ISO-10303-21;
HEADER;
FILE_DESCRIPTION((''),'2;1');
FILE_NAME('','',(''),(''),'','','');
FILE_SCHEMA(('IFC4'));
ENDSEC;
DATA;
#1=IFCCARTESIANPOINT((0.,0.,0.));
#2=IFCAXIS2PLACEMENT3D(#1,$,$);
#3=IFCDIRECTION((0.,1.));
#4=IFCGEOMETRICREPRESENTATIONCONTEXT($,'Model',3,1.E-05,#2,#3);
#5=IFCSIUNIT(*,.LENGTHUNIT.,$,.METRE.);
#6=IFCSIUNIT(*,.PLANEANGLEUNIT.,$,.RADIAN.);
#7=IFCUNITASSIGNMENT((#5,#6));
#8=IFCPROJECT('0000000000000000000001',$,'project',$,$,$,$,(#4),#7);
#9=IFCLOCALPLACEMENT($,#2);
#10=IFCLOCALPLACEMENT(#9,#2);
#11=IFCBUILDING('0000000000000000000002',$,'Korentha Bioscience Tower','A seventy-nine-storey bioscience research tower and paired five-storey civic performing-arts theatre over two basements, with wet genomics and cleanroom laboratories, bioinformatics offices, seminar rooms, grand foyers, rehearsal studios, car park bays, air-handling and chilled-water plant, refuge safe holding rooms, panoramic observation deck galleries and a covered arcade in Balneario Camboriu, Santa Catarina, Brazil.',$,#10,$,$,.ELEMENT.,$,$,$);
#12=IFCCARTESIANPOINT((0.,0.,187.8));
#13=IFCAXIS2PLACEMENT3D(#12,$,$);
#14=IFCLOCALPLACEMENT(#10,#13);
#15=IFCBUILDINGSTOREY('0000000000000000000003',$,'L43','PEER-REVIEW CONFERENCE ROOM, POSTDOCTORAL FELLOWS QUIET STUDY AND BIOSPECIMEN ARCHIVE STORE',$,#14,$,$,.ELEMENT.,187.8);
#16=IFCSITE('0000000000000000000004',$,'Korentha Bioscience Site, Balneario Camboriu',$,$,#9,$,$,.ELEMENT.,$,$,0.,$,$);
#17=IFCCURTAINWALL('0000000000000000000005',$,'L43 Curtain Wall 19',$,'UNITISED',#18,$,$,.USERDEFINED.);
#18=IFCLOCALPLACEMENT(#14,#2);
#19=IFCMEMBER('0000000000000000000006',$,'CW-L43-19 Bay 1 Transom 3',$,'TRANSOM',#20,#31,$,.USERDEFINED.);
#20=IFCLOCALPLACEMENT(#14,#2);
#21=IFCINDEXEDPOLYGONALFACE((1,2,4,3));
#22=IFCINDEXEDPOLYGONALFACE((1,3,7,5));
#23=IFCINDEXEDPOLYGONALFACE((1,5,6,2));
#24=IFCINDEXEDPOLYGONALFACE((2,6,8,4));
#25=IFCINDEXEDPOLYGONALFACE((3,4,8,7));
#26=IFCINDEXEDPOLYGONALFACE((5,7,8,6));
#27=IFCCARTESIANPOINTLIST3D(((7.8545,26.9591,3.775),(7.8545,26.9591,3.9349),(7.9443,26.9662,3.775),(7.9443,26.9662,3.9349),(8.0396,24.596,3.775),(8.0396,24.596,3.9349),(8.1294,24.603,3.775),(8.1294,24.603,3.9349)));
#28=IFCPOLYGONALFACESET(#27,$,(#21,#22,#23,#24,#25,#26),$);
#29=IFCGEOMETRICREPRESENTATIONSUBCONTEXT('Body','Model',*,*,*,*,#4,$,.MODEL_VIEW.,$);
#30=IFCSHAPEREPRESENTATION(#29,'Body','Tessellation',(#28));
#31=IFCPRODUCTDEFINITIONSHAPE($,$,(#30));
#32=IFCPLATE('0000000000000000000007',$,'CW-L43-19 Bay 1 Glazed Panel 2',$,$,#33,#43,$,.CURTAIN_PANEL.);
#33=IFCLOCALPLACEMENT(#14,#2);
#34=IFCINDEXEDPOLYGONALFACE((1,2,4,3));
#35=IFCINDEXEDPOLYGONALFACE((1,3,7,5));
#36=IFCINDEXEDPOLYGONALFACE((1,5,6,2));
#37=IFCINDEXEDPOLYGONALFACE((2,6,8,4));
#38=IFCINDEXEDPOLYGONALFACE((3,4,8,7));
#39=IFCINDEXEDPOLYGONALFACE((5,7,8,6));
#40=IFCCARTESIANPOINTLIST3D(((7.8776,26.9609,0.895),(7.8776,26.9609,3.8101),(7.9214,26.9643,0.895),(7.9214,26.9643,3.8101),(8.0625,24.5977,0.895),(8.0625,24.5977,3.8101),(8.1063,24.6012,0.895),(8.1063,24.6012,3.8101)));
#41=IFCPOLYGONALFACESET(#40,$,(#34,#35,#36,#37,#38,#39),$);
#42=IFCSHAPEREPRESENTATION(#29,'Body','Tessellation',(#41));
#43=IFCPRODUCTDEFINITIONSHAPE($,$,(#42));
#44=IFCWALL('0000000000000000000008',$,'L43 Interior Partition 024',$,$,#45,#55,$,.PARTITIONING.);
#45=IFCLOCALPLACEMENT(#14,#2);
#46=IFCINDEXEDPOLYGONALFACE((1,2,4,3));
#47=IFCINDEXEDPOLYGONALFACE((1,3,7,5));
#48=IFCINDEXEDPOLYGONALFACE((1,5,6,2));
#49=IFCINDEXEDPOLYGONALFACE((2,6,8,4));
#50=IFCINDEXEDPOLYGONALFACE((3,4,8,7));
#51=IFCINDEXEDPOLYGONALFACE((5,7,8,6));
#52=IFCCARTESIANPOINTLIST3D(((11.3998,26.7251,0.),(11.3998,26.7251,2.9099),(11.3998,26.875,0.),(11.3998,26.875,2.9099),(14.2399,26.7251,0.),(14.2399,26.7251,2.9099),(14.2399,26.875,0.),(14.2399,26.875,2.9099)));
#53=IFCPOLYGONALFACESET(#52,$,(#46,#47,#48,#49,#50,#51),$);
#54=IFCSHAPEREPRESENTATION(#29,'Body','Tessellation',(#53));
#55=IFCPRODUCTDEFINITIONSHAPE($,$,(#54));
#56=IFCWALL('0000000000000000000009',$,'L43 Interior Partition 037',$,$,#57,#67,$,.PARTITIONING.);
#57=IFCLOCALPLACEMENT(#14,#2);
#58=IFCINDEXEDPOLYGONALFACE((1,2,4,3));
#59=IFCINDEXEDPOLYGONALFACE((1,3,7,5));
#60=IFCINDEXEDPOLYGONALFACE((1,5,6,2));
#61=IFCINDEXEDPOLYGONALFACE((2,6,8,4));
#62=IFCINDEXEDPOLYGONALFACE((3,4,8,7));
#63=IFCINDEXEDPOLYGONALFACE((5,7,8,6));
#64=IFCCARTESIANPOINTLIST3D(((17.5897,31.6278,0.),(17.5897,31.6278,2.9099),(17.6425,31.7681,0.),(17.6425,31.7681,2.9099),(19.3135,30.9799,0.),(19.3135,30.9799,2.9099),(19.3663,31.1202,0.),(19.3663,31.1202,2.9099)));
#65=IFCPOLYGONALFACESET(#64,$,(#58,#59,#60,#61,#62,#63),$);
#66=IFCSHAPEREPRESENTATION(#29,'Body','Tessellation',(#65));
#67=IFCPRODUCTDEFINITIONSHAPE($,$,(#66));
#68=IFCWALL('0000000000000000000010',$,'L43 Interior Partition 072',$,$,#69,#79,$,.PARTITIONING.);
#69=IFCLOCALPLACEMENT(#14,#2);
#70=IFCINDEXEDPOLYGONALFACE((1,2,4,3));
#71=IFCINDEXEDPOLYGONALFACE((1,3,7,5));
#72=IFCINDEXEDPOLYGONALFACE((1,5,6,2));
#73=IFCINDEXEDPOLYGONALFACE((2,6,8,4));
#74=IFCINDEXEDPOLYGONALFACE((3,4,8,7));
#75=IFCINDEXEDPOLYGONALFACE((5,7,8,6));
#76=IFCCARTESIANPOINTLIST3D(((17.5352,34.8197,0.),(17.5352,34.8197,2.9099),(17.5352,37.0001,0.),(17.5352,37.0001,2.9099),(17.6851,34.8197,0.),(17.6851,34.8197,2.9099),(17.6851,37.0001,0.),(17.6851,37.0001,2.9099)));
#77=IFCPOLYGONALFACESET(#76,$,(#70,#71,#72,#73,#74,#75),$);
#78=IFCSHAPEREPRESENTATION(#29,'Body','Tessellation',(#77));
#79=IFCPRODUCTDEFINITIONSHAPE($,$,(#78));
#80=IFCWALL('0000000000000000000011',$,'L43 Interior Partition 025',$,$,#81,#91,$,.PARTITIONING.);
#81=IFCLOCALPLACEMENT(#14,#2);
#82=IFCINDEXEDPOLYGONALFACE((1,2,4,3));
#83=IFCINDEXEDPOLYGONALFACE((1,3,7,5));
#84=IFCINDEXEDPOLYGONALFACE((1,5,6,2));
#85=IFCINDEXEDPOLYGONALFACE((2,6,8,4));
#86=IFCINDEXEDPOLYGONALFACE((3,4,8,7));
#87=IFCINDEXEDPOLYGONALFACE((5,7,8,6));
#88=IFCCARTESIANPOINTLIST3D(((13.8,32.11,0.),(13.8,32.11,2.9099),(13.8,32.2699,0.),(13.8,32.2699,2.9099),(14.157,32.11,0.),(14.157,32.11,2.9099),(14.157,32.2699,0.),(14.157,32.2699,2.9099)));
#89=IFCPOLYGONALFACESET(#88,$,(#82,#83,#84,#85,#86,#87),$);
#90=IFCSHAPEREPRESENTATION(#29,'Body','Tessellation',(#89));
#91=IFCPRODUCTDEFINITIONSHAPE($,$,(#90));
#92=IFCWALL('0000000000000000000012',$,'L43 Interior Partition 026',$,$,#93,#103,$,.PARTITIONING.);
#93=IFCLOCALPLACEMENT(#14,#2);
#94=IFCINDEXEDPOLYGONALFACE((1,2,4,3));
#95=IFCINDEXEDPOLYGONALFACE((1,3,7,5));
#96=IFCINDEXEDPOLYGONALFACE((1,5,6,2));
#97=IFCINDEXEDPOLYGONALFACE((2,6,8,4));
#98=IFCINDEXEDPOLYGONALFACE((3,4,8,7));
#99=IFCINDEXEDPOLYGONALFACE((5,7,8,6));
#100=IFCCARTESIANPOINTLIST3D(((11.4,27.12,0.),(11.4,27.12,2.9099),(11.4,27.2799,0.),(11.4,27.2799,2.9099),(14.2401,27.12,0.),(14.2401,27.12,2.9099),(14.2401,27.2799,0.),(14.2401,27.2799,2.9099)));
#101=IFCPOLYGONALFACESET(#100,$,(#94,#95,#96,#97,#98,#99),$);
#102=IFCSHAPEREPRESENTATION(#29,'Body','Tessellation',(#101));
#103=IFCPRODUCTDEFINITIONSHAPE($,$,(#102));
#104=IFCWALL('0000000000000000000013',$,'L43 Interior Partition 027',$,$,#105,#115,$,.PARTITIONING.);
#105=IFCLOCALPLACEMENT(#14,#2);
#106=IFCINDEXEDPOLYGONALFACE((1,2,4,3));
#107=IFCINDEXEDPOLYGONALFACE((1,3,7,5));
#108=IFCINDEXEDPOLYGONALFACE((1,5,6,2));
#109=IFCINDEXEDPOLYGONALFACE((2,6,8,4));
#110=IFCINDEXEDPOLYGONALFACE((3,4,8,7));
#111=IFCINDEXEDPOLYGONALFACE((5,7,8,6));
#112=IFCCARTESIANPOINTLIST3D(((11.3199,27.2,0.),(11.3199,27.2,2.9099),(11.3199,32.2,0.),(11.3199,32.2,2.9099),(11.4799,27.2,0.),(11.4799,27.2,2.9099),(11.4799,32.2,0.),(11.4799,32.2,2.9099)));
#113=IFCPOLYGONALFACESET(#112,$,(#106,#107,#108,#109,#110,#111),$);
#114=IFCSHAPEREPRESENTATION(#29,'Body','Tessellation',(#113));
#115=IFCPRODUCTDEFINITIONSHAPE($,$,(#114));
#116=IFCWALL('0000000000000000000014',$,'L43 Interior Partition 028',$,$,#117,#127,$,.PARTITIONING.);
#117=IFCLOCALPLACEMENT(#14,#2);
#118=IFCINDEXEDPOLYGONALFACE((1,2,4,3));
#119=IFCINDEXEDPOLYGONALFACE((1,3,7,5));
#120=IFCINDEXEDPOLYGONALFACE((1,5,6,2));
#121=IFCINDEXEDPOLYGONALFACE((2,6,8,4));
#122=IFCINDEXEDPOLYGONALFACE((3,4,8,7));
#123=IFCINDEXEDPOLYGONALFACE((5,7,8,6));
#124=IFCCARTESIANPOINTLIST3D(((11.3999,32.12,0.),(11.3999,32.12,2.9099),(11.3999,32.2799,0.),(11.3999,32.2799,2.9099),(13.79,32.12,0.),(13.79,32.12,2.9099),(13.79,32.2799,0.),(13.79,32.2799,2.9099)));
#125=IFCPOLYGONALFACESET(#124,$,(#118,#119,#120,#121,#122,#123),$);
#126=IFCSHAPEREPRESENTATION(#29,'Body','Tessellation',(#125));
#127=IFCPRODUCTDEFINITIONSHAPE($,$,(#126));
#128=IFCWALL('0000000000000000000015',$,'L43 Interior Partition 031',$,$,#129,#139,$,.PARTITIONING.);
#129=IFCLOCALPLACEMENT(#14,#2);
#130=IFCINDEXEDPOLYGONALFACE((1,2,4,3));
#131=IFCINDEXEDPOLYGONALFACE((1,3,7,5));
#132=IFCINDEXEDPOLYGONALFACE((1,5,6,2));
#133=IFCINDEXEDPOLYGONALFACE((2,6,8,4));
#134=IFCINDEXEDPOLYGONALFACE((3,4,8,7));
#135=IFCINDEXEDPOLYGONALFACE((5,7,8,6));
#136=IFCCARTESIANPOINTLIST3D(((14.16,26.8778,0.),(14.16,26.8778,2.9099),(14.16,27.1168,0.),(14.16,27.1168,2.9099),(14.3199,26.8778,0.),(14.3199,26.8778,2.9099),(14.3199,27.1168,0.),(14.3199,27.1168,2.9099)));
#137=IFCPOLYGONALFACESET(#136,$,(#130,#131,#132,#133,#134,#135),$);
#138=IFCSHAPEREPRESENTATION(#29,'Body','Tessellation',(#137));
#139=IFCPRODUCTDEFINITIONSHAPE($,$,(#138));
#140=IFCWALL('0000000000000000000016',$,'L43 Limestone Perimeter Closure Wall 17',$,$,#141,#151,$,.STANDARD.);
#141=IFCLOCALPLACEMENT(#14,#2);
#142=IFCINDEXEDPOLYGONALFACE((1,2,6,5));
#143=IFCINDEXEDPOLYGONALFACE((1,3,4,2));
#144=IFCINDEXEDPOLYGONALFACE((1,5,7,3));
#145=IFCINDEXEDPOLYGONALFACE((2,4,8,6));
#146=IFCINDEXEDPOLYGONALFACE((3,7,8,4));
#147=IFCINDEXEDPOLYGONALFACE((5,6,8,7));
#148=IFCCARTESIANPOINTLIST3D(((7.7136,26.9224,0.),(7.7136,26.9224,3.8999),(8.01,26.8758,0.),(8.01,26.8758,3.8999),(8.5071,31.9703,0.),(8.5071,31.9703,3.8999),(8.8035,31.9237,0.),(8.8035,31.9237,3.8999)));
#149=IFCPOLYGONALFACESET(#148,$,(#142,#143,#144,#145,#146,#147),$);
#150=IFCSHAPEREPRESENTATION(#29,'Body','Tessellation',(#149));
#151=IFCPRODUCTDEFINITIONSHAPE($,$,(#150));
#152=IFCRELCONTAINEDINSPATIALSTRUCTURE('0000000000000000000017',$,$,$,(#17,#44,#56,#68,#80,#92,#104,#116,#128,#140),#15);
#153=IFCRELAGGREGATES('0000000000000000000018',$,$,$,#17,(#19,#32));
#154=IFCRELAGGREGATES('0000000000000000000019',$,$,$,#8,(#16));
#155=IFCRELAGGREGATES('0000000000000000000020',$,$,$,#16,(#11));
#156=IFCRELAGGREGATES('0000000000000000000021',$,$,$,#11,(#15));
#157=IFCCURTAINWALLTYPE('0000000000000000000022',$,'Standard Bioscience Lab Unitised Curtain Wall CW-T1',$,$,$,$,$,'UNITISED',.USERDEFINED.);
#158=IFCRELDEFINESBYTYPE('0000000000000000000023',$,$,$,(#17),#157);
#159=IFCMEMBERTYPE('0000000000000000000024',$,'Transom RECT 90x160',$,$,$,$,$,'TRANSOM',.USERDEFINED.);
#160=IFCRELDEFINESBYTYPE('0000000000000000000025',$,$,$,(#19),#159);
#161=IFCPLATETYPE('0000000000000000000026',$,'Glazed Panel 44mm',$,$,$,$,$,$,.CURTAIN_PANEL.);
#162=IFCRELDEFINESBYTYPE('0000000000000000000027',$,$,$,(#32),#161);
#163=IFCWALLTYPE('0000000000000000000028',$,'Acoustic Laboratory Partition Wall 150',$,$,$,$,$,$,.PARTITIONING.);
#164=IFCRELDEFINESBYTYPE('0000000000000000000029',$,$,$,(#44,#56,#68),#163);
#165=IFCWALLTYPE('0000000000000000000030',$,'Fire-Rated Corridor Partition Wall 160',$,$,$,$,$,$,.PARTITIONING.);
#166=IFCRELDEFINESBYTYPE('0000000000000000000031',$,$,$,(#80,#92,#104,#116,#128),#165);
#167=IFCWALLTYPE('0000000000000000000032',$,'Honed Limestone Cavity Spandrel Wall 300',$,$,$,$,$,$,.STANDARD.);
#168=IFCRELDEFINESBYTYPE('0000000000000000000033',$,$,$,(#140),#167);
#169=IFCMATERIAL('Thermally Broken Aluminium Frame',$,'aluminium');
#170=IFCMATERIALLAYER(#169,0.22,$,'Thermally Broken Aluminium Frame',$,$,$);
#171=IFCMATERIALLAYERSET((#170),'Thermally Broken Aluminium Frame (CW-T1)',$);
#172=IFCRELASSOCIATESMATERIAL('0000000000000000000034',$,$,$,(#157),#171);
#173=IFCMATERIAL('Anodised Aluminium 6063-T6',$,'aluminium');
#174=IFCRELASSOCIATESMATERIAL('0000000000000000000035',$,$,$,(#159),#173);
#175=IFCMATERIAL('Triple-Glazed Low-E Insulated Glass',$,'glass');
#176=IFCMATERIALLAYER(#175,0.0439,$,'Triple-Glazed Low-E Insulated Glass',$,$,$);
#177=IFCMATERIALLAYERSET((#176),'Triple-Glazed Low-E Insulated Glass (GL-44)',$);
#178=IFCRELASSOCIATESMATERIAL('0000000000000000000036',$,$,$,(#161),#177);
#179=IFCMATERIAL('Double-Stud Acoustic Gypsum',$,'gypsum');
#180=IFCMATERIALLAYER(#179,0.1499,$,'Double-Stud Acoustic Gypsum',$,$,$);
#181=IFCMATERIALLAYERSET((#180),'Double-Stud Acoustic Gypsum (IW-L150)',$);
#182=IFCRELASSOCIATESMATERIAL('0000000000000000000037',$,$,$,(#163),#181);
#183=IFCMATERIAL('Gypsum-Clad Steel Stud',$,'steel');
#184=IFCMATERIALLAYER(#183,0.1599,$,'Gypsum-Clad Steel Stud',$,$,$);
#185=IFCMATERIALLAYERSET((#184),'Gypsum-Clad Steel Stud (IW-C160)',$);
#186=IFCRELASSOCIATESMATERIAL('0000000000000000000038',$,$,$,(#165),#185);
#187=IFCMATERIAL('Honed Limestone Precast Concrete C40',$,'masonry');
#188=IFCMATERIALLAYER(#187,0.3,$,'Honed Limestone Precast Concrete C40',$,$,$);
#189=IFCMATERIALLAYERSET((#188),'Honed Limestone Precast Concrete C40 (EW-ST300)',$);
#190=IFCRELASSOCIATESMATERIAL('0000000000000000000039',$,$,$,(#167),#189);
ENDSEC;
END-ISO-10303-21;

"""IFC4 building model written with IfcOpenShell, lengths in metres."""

from ifc_helpers import new_model, si_unit, direction, frame, frame_2d, origin, origin_2d, place, context, subcontext, project, spatial, rectangle, extrude, material, layer, layer_set, material_profile, profile_set, type_object, element, aggregate, save


model = new_model("IFC4")

# Units and contexts
model_context = context("Model", 3, precision=1e-05, world=origin(), true_north=direction((0.0, 1.0)))
body_context = subcontext(model_context, "Body", "Model", "MODEL_VIEW")
ifc_project = project(units=[si_unit("LENGTHUNIT", "METRE"), si_unit("PLANEANGLEUNIT", "RADIAN")], contexts=[model_context])

# Site, building, storey
site_placement = place(None, origin())
site = spatial("IfcSite", under=ifc_project, at=site_placement, Name="Korentha Bioscience Site, Balneario Camboriu", CompositionType="ELEMENT", RefElevation=0.0)
building_placement = place(site_placement, origin())
building = spatial("IfcBuilding", under=site, at=building_placement, Name="Korentha Bioscience Tower", Description="A seventy-nine-storey bioscience research tower and paired five-storey civic performing-arts theatre over two basements, with wet genomics and cleanroom laboratories, bioinformatics offices, seminar rooms, grand foyers, rehearsal studios, car park bays, air-handling and chilled-water plant, refuge safe holding rooms, panoramic observation deck galleries and a covered arcade in Balneario Camboriu, Santa Catarina, Brazil.", CompositionType="ELEMENT")
storey_placement = place(building_placement, frame((0.0, 0.0, 187.8)))
storey = spatial("IfcBuildingStorey", under=building, at=storey_placement, Name="L43", Description="PEER-REVIEW CONFERENCE ROOM, POSTDOCTORAL FELLOWS QUIET STUDY AND BIOSPECIMEN ARCHIVE STORE", CompositionType="ELEMENT", Elevation=187.8)

# Curtain wall
ifc_material_1 = material(Name="Thermally Broken Aluminium Frame", Category="aluminium")
ifc_layer_1 = layer(ifc_material_1, 0.22, Name="Thermally Broken Aluminium Frame")
ifc_layer_set_1 = layer_set([ifc_layer_1], Name="Thermally Broken Aluminium Frame (CW-T1)")
curtain_wall_type = type_object("IfcCurtainWallType", Name="Standard Bioscience Lab Unitised Curtain Wall CW-T1", ElementType="UNITISED", PredefinedType="USERDEFINED", material=ifc_layer_set_1)
curtain_wall_placement = place(storey_placement, origin())
curtain_wall = element("IfcCurtainWall", 1, at=curtain_wall_placement, inside=storey, type_object=curtain_wall_type, Name="L43 Curtain Wall 19", ObjectType="UNITISED", PredefinedType="USERDEFINED")
ifc_material_2 = material(Name="Anodised Aluminium 6063-T6", Category="aluminium")

# Member
ifc_material_profile_1 = material_profile(ifc_material_2, rectangle(XDim=0.0901, YDim=0.1599, at=origin_2d()), Name="Anodised Aluminium 6063-T6")
ifc_profile_set_1 = profile_set([ifc_material_profile_1], Name="Anodised Aluminium 6063-T6 (CW-TRN)")
member_type_1 = type_object("IfcMemberType", Name="Transom RECT 90x160", ElementType="TRANSOM", PredefinedType="USERDEFINED", material=ifc_profile_set_1)
member_1_placement = place(storey_placement, frame((7.8994, 26.9626, 3.855), z_axis=(0.078075, -0.996948, 0.0), x_axis=(0.996948, 0.078075, 0.0)))
member_1 = element("IfcMember", 2, at=member_1_placement, type_object=member_type_1, Name="CW-L43-19 Bay 1 Transom 3", ObjectType="TRANSOM", PredefinedType="USERDEFINED", context=body_context, shape_type="SweptSolid", body=[
    extrude(rectangle(XDim=0.0901, YDim=0.1599, at=origin_2d()), origin(), (0.0, 0.0, 1.0), 2.3704),
])

# Plate
ifc_material_3 = material(Name="Triple-Glazed Low-E Insulated Glass", Category="glass")
ifc_layer_2 = layer(ifc_material_3, 0.0439, Name="Triple-Glazed Low-E Insulated Glass")
ifc_layer_set_2 = layer_set([ifc_layer_2], Name="Triple-Glazed Low-E Insulated Glass (GL-44)")
plate_type = type_object("IfcPlateType", Name="Glazed Panel 44mm", PredefinedType="CURTAIN_PANEL", material=ifc_layer_set_2)
plate_placement = place(storey_placement, frame((7.9919, 25.781, 0.895), z_axis=(0.0, 0.0, 1.0), x_axis=(0.078031, -0.996951, 0.0)))
plate = element("IfcPlate", 3, at=plate_placement, type_object=plate_type, Name="CW-L43-19 Bay 1 Glazed Panel 2", PredefinedType="CURTAIN_PANEL", context=body_context, shape_type="SweptSolid", body=[
    extrude(rectangle(XDim=2.3704, YDim=0.0439, at=origin_2d()), origin(), (0.0, 0.0, 1.0), 2.915),
])
aggregate(curtain_wall, [member_1, plate])

# Shared definitions
ifc_material_4 = material(Name="Double-Stud Acoustic Gypsum", Category="gypsum")
ifc_layer_3 = layer(ifc_material_4, 0.1499, Name="Double-Stud Acoustic Gypsum")
ifc_layer_set_3 = layer_set([ifc_layer_3], Name="Double-Stud Acoustic Gypsum (IW-L150)")
wall_type_1 = type_object("IfcWallType", Name="Acoustic Laboratory Partition Wall 150", PredefinedType="PARTITIONING", material=ifc_layer_set_3)

# Walls
wall_1_placement = place(storey_placement, frame((11.3999, 26.8, 0.0), z_axis=(0.0, 0.0, 1.0), x_axis=(1.0, 0.0, 0.0)))
element("IfcWall", 4, at=wall_1_placement, inside=storey, type_object=wall_type_1, Name="L43 Interior Partition 024", PredefinedType="PARTITIONING", context=body_context, shape_type="SweptSolid", body=[
    extrude(rectangle(XDim=2.8401, YDim=0.1499, at=frame_2d((1.4199, 0.0))), origin(), (0.0, 0.0, 1.0), 2.9099),
])
wall_2_placement = place(storey_placement, frame((17.616, 31.698, 0.0), z_axis=(0.0, 0.0, 1.0), x_axis=(0.936062, -0.351835, 0.0)))
element("IfcWall", 5, at=wall_2_placement, inside=storey, type_object=wall_type_1, Name="L43 Interior Partition 037", PredefinedType="PARTITIONING", context=body_context, shape_type="SweptSolid", body=[
    extrude(rectangle(XDim=1.8416, YDim=0.1499, at=frame_2d((0.9209, 0.0))), origin(), (0.0, 0.0, 1.0), 2.9099),
])
wall_3_placement = place(storey_placement, frame((17.6101, 34.8196, 0.0), z_axis=(0.0, 0.0, 1.0), x_axis=(0.0, 1.0, 0.0)))
element("IfcWall", 6, at=wall_3_placement, inside=storey, type_object=wall_type_1, Name="L43 Interior Partition 072", PredefinedType="PARTITIONING", context=body_context, shape_type="SweptSolid", body=[
    extrude(rectangle(XDim=2.1804, YDim=0.1499, at=frame_2d((1.0903, 0.0))), origin(), (0.0, 0.0, 1.0), 2.9099),
])

# Shared definitions
ifc_material_5 = material(Name="Gypsum-Clad Steel Stud", Category="steel")
ifc_layer_4 = layer(ifc_material_5, 0.1599, Name="Gypsum-Clad Steel Stud")
ifc_layer_set_4 = layer_set([ifc_layer_4], Name="Gypsum-Clad Steel Stud (IW-C160)")
wall_type_2 = type_object("IfcWallType", Name="Fire-Rated Corridor Partition Wall 160", PredefinedType="PARTITIONING", material=ifc_layer_set_4)

# Walls
wall_4_placement = place(storey_placement, frame((13.8, 32.1899, 0.0), z_axis=(0.0, 0.0, 1.0), x_axis=(1.0, 0.0, 0.0)))
element("IfcWall", 7, at=wall_4_placement, inside=storey, type_object=wall_type_2, Name="L43 Interior Partition 025", PredefinedType="PARTITIONING", context=body_context, shape_type="SweptSolid", body=[
    extrude(rectangle(XDim=0.3569, YDim=0.1599, at=frame_2d((0.1785, 0.0))), origin(), (0.0, 0.0, 1.0), 2.9099),
])
wall_5_placement = place(storey_placement, frame((14.24, 27.2, 0.0), z_axis=(0.0, 0.0, 1.0), x_axis=(-1.0, 0.0, 0.0)))
element("IfcWall", 8, at=wall_5_placement, inside=storey, type_object=wall_type_2, Name="L43 Interior Partition 026", PredefinedType="PARTITIONING", context=body_context, shape_type="SweptSolid", body=[
    extrude(rectangle(XDim=2.8401, YDim=0.1599, at=frame_2d((1.4199, 0.0))), origin(), (0.0, 0.0, 1.0), 2.9099),
])
wall_6_placement = place(storey_placement, frame((11.3999, 27.2, 0.0), z_axis=(0.0, 0.0, 1.0), x_axis=(0.0, 1.0, 0.0)))
element("IfcWall", 9, at=wall_6_placement, inside=storey, type_object=wall_type_2, Name="L43 Interior Partition 027", PredefinedType="PARTITIONING", context=body_context, shape_type="SweptSolid", body=[
    extrude(rectangle(XDim=5.0, YDim=0.1599, at=frame_2d((2.5, 0.0))), origin(), (0.0, 0.0, 1.0), 2.9099),
])
wall_7_placement = place(storey_placement, frame((11.3999, 32.2, 0.0), z_axis=(0.0, 0.0, 1.0), x_axis=(1.0, 0.0, 0.0)))
element("IfcWall", 10, at=wall_7_placement, inside=storey, type_object=wall_type_2, Name="L43 Interior Partition 028", PredefinedType="PARTITIONING", context=body_context, shape_type="SweptSolid", body=[
    extrude(rectangle(XDim=2.3901, YDim=0.1599, at=frame_2d((1.1951, 0.0))), origin(), (0.0, 0.0, 1.0), 2.9099),
])
wall_8_placement = place(storey_placement, frame((14.24, 27.1169, 0.0), z_axis=(0.0, 0.0, 1.0), x_axis=(0.0, -1.0, 0.0)))
element("IfcWall", 11, at=wall_8_placement, inside=storey, type_object=wall_type_2, Name="L43 Interior Partition 031", PredefinedType="PARTITIONING", context=body_context, shape_type="SweptSolid", body=[
    extrude(rectangle(XDim=0.239, YDim=0.1599, at=frame_2d((0.1196, 0.0))), origin(), (0.0, 0.0, 1.0), 2.9099),
])

# Shared definitions
ifc_material_6 = material(Name="Honed Limestone Precast Concrete C40", Category="masonry")
ifc_layer_5 = layer(ifc_material_6, 0.3, Name="Honed Limestone Precast Concrete C40")
ifc_layer_set_5 = layer_set([ifc_layer_5], Name="Honed Limestone Precast Concrete C40 (EW-ST300)")
wall_type_3 = type_object("IfcWallType", Name="Honed Limestone Cavity Spandrel Wall 300", PredefinedType="STANDARD", material=ifc_layer_set_5)

# Wall
wall_9_placement = place(storey_placement, frame((8.6553, 31.947, 0.0), z_axis=(0.0, 0.0, 1.0), x_axis=(-0.15528, -0.98787, 0.0)))
element("IfcWall", 12, at=wall_9_placement, inside=storey, type_object=wall_type_3, Name="L43 Limestone Perimeter Closure Wall 17", PredefinedType="STANDARD", context=body_context, shape_type="SweptSolid", body=[
    extrude(rectangle(XDim=5.1099, YDim=0.3, at=frame_2d((2.5549, 0.0))), origin(), (0.0, 0.0, 1.0), 3.8999),
])

save(model, "model.ifc")
